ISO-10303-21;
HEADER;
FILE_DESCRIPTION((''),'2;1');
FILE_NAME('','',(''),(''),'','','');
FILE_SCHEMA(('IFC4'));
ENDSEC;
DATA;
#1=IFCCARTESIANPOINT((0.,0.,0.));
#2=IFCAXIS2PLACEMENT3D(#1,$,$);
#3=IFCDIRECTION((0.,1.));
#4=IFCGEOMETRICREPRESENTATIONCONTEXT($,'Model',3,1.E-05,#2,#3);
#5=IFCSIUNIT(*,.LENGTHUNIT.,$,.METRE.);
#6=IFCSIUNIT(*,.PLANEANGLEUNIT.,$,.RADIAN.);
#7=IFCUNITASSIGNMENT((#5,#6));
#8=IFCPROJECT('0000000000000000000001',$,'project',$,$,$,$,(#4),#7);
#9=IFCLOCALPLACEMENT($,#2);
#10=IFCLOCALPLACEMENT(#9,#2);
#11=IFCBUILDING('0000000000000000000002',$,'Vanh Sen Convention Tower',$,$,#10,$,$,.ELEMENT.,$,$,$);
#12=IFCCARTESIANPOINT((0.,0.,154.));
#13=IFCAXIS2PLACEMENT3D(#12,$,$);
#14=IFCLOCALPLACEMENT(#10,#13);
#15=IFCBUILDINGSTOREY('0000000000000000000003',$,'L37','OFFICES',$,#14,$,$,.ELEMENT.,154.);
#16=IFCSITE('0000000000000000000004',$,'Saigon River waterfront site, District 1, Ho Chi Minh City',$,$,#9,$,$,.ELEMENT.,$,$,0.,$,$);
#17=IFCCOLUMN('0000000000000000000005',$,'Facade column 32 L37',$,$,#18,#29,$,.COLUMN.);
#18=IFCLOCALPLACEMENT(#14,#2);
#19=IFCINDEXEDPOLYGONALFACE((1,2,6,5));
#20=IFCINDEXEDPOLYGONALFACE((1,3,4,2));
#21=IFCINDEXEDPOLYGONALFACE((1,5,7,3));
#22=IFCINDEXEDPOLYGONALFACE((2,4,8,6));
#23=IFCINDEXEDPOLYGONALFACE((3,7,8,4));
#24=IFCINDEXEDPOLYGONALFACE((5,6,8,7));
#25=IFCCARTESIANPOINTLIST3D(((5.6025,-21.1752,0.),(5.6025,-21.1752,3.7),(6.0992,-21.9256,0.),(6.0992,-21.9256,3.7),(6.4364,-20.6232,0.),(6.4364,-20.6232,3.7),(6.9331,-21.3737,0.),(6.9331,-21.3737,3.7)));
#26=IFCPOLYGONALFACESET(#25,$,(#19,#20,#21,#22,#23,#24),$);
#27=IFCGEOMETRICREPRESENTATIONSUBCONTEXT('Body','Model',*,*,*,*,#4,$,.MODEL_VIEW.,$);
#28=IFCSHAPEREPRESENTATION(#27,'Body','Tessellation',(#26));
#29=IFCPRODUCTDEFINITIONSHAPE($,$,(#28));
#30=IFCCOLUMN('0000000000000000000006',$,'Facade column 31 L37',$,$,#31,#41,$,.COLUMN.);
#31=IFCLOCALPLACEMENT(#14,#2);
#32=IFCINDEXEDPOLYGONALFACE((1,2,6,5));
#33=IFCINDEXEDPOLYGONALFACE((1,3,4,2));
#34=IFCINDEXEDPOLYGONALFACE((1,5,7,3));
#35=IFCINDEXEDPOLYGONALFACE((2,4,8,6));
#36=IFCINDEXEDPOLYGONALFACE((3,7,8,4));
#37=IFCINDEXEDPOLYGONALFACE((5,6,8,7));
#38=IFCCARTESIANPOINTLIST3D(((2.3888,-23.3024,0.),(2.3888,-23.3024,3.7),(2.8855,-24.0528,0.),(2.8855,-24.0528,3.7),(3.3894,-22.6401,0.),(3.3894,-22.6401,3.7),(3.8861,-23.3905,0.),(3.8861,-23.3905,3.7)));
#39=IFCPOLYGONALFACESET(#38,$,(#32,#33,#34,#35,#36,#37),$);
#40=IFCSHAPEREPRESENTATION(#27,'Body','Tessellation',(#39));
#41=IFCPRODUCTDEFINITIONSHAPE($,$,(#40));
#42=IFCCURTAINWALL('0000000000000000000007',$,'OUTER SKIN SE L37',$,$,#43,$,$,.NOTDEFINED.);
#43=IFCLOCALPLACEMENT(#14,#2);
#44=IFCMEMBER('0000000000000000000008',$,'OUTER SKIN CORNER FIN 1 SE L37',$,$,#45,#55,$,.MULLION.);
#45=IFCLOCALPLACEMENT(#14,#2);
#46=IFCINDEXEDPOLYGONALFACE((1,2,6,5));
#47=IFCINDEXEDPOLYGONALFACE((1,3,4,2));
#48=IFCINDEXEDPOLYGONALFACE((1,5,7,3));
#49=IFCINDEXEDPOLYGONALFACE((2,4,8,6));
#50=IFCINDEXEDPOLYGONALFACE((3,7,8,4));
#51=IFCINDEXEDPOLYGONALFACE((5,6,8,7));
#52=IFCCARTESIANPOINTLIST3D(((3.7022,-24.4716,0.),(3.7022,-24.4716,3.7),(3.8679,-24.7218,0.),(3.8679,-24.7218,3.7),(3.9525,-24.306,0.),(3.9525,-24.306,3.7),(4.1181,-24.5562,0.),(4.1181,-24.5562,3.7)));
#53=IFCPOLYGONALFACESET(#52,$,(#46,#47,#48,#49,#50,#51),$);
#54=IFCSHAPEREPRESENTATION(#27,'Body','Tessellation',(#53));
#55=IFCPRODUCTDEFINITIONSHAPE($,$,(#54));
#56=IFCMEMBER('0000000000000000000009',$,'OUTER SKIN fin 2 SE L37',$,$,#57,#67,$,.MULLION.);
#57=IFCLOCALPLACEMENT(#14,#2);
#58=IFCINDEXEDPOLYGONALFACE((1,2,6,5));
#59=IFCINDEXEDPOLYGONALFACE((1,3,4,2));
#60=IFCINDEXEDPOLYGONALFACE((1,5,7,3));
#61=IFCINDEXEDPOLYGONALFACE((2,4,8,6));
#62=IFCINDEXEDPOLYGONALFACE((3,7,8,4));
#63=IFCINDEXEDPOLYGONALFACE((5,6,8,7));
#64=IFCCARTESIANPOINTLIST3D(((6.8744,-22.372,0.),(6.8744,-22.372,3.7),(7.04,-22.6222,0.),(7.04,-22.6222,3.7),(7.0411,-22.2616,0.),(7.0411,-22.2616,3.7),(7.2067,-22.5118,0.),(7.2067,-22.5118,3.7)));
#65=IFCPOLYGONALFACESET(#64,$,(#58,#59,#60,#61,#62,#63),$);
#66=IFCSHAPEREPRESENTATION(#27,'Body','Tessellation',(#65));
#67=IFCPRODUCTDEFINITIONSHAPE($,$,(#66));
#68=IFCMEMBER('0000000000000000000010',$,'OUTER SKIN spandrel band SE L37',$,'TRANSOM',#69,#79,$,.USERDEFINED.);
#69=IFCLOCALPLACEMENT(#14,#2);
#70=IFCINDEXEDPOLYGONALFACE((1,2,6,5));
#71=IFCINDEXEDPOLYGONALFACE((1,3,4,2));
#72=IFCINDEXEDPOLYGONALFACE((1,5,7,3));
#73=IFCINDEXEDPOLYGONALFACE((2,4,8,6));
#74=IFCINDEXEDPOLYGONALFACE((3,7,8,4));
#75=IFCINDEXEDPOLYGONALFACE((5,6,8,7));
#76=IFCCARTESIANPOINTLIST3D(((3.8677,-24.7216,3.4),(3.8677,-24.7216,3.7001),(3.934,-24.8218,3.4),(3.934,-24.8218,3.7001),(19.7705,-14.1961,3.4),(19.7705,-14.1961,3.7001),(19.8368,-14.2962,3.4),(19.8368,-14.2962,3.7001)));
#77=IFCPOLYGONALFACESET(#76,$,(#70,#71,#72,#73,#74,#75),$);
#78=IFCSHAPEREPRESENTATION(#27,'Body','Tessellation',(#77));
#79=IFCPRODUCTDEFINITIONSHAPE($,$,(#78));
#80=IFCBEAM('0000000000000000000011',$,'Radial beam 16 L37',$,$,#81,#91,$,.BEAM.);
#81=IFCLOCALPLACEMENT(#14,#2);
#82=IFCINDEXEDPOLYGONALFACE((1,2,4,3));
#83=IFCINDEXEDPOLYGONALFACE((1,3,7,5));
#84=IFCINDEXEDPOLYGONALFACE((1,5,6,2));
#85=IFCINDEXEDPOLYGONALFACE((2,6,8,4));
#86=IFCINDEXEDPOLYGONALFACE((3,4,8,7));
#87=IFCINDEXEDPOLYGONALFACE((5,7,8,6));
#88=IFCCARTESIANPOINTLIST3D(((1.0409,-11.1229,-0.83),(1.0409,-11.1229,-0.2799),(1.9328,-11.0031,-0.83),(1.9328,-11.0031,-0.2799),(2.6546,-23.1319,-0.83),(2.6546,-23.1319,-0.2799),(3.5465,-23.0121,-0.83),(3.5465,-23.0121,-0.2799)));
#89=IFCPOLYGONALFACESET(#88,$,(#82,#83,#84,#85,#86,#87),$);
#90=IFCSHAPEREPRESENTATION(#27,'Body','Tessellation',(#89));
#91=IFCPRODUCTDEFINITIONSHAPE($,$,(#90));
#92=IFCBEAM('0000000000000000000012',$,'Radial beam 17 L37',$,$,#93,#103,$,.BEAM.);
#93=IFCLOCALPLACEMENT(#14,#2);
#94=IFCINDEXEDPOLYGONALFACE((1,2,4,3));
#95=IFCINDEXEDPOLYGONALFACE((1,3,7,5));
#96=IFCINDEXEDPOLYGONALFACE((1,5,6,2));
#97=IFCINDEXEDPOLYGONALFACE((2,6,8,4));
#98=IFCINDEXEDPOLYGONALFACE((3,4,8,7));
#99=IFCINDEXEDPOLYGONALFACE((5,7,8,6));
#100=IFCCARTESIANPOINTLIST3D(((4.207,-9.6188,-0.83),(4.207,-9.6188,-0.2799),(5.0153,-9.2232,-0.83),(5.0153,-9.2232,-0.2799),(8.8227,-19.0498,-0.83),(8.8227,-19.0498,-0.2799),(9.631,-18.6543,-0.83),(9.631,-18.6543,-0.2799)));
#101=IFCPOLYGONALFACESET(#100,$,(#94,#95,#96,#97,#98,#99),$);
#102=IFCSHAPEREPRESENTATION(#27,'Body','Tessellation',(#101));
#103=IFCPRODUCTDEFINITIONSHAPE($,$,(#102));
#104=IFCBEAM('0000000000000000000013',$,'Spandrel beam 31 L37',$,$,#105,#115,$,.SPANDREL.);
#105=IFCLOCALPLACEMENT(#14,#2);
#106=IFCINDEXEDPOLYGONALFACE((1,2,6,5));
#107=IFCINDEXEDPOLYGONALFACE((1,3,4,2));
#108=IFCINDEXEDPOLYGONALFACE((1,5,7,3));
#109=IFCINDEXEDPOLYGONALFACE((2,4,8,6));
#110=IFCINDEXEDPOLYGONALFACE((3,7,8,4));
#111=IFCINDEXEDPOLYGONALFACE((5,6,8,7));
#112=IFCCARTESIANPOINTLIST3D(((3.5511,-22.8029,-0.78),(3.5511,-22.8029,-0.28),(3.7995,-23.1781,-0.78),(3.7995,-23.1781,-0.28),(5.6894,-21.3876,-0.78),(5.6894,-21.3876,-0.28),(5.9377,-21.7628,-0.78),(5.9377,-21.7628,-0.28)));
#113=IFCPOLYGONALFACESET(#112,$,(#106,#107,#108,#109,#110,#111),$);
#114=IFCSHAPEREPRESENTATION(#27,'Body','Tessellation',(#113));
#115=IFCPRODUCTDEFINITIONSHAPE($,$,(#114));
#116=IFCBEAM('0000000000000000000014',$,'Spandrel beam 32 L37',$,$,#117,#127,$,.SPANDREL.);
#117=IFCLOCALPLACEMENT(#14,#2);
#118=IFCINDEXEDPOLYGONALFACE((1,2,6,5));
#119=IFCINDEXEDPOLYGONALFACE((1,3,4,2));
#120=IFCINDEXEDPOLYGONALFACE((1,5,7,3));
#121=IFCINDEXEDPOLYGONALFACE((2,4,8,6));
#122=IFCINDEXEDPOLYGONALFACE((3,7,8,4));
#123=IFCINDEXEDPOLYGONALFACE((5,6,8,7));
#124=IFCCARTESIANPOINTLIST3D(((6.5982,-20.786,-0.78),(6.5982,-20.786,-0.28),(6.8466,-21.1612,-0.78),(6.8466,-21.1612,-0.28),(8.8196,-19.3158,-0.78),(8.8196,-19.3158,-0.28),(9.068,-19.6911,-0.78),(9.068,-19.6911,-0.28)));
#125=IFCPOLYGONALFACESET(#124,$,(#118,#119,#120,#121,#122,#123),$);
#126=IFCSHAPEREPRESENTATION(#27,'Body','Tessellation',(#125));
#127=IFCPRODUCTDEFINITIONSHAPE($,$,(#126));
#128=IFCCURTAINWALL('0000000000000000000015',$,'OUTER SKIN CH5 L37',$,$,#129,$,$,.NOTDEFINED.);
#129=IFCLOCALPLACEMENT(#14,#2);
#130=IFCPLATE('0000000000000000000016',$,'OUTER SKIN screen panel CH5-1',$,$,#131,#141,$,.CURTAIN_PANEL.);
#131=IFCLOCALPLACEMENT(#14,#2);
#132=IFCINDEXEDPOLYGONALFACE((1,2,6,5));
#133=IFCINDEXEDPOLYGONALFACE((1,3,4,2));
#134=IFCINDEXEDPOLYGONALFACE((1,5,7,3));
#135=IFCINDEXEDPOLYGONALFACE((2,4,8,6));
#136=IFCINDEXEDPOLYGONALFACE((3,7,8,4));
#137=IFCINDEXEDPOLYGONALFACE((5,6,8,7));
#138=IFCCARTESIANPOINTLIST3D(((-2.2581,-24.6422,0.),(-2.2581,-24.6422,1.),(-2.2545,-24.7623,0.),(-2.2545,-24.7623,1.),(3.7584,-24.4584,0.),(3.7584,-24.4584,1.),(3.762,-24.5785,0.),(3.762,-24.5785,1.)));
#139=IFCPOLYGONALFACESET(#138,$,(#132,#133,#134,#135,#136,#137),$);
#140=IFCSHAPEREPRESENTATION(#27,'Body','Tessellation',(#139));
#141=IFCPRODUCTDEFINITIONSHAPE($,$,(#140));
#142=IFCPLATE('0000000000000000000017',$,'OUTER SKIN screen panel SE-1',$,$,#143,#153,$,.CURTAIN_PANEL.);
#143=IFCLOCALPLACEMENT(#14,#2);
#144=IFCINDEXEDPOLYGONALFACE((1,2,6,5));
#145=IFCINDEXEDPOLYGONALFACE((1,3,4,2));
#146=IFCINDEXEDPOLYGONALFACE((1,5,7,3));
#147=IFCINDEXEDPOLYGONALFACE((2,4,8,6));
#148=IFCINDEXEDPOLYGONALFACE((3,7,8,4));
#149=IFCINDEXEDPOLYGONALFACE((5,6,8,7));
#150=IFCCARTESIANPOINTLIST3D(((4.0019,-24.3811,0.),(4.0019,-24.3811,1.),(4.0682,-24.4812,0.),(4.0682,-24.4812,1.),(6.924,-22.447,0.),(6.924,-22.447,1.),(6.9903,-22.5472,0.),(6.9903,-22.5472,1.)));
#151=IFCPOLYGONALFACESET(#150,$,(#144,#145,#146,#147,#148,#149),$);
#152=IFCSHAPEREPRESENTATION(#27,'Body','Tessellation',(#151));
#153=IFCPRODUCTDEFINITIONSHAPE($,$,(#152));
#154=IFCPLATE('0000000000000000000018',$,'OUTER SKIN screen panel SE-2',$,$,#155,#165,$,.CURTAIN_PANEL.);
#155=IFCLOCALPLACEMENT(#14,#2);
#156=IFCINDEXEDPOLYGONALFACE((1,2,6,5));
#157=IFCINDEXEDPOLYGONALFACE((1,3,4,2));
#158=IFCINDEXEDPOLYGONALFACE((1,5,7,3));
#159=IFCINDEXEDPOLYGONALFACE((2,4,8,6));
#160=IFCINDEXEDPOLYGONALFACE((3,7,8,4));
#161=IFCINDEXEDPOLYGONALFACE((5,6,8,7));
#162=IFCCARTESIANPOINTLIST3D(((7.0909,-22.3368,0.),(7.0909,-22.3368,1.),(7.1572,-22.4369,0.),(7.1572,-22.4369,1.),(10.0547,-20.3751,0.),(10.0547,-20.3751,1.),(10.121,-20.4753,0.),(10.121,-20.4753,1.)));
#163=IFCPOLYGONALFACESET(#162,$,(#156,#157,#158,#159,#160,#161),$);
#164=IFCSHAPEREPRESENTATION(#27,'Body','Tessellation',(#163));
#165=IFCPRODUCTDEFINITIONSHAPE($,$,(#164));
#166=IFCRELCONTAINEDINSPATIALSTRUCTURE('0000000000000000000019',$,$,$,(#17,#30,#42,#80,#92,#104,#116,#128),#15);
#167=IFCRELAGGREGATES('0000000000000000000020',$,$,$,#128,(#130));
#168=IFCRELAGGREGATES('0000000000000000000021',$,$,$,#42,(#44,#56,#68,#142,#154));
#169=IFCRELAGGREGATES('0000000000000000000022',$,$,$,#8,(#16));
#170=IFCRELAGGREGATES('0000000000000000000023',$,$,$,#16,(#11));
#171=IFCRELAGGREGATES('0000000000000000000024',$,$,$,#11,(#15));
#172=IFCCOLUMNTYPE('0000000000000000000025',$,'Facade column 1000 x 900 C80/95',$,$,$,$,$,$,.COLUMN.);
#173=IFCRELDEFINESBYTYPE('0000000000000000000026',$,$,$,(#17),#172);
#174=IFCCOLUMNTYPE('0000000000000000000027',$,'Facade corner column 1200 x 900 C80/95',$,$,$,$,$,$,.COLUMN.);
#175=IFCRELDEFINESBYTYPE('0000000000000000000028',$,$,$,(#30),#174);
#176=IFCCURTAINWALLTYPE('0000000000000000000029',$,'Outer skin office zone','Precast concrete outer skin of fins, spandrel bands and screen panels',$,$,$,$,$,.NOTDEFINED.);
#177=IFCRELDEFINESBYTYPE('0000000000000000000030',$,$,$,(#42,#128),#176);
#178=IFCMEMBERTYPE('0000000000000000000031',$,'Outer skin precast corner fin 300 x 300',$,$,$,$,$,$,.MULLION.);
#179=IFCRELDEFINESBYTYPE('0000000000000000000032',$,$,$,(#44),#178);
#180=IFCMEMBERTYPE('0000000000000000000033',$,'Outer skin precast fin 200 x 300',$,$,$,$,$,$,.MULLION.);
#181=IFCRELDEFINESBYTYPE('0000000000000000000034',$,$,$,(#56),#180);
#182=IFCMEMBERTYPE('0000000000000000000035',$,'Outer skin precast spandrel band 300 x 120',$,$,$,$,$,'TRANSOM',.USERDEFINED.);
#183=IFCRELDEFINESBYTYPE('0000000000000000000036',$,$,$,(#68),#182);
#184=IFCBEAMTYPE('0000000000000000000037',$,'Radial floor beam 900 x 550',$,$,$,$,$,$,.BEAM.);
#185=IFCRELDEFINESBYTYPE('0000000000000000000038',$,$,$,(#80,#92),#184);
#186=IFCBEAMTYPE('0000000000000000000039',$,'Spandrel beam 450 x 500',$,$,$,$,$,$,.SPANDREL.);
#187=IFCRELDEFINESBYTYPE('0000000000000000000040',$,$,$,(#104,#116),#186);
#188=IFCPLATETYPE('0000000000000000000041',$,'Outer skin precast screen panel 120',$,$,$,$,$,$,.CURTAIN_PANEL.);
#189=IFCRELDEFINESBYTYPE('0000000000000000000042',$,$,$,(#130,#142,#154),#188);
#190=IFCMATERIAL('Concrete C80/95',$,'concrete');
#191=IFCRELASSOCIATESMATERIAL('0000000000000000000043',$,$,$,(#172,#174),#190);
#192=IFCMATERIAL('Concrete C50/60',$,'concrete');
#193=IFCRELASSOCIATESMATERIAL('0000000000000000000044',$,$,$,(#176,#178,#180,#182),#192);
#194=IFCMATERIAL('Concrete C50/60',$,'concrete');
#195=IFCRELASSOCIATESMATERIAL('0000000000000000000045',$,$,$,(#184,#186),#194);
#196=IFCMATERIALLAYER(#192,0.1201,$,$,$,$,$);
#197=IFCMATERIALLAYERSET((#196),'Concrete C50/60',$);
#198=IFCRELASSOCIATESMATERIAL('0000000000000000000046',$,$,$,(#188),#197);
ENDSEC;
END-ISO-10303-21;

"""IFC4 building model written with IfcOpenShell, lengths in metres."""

from ifc_helpers import new_model, si_unit, direction, frame, origin, origin_2d, place, context, subcontext, project, spatial, rectangle, extrude, material, layer, layer_set, material_profile, profile_set, type_object, element, aggregate, save


model = new_model("IFC4")

# Units and contexts
model_context = context("Model", 3, precision=1e-05, world=origin(), true_north=direction((0.0, 1.0)))
body_context = subcontext(model_context, "Body", "Model", "MODEL_VIEW")
ifc_project = project(units=[si_unit("LENGTHUNIT", "METRE"), si_unit("PLANEANGLEUNIT", "RADIAN")], contexts=[model_context])

# Site, building, storey
site_placement = place(None, origin())
site = spatial("IfcSite", under=ifc_project, at=site_placement, Name="Saigon River waterfront site, District 1, Ho Chi Minh City", CompositionType="ELEMENT", RefElevation=0.0)
building_placement = place(site_placement, origin())
building = spatial("IfcBuilding", under=site, at=building_placement, Name="Vanh Sen Convention Tower", CompositionType="ELEMENT")
storey_placement = place(building_placement, frame((0.0, 0.0, 154.0)))
storey = spatial("IfcBuildingStorey", under=building, at=storey_placement, Name="L37", Description="OFFICES", CompositionType="ELEMENT", Elevation=154.0)

# Columns
ifc_material_1 = material(Name="Concrete C80/95", Category="concrete")
ifc_material_profile_1 = material_profile(ifc_material_1, rectangle(XDim=1.0, YDim=0.8999, at=origin_2d()), Name="RC 1000X900")
ifc_profile_set_1 = profile_set([ifc_material_profile_1], Name="Concrete C80/95")
column_type_1 = type_object("IfcColumnType", Name="Facade column 1000 x 900 C80/95", PredefinedType="COLUMN", material=ifc_profile_set_1)
column_1_placement = place(storey_placement, frame((6.2678, -21.2744, 0.0), z_axis=(0.0, 0.0, 1.0), x_axis=(0.833886, 0.551937, 0.0)))
element("IfcColumn", 1, at=column_1_placement, inside=storey, type_object=column_type_1, Name="Facade column 32 L37", PredefinedType="COLUMN", context=body_context, shape_type="SweptSolid", body=[
    extrude(rectangle(XDim=1.0, YDim=0.8999, at=origin_2d()), origin(), (0.0, 0.0, 1.0), 3.7),
])
ifc_material_profile_2 = material_profile(ifc_material_1, rectangle(XDim=1.2, YDim=0.8999, at=origin_2d()), Name="RC 1200X900")
ifc_profile_set_2 = profile_set([ifc_material_profile_2], Name="Concrete C80/95")
column_type_2 = type_object("IfcColumnType", Name="Facade corner column 1200 x 900 C80/95", PredefinedType="COLUMN", material=ifc_profile_set_2)
column_2_placement = place(storey_placement, frame((3.1375, -23.3464, 0.0), z_axis=(0.0, 0.0, 1.0), x_axis=(0.833886, 0.551937, 0.0)))
element("IfcColumn", 2, at=column_2_placement, inside=storey, type_object=column_type_2, Name="Facade column 31 L37", PredefinedType="COLUMN", context=body_context, shape_type="SweptSolid", body=[
    extrude(rectangle(XDim=1.2, YDim=0.8999, at=origin_2d()), origin(), (0.0, 0.0, 1.0), 3.7),
])

# Curtain wall, members
ifc_material_2 = material(Name="Concrete C50/60", Category="concrete")
curtain_wall_type = type_object("IfcCurtainWallType", Name="Outer skin office zone", Description="Precast concrete outer skin of fins, spandrel bands and screen panels", PredefinedType="NOTDEFINED", material=ifc_material_2)
curtain_wall_1_placement = place(storey_placement, origin())
curtain_wall_1 = element("IfcCurtainWall", 3, at=curtain_wall_1_placement, inside=storey, type_object=curtain_wall_type, Name="OUTER SKIN SE L37", PredefinedType="NOTDEFINED")
ifc_material_profile_3 = material_profile(ifc_material_2, rectangle(XDim=0.3, YDim=0.3, at=origin_2d()), Name="Outer skin precast corner fin 300 x 300")
ifc_profile_set_3 = profile_set([ifc_material_profile_3], Name="Concrete C50/60")
member_type_1 = type_object("IfcMemberType", Name="Outer skin precast corner fin 300 x 300", PredefinedType="MULLION", material=ifc_profile_set_3)
member_1_placement = place(storey_placement, frame((3.9102, -24.5139, 0.0), z_axis=(0.0, 0.0, 1.0), x_axis=(0.833886, 0.551937, 0.0)))
member_1 = element("IfcMember", 4, at=member_1_placement, type_object=member_type_1, Name="OUTER SKIN CORNER FIN 1 SE L37", PredefinedType="MULLION", context=body_context, shape_type="SweptSolid", body=[
    extrude(rectangle(XDim=0.3, YDim=0.3, at=origin_2d()), origin(), (0.0, 0.0, 1.0), 3.7),
])
ifc_material_profile_4 = material_profile(ifc_material_2, rectangle(XDim=0.2, YDim=0.3, at=origin_2d()), Name="Outer skin precast fin 200 x 300")
ifc_profile_set_4 = profile_set([ifc_material_profile_4], Name="Concrete C50/60")
member_type_2 = type_object("IfcMemberType", Name="Outer skin precast fin 200 x 300", PredefinedType="MULLION", material=ifc_profile_set_4)
member_2_placement = place(storey_placement, frame((7.0405, -22.4419, 0.0), z_axis=(0.0, 0.0, 1.0), x_axis=(0.833886, 0.551937, 0.0)))
member_2 = element("IfcMember", 5, at=member_2_placement, type_object=member_type_2, Name="OUTER SKIN fin 2 SE L37", PredefinedType="MULLION", context=body_context, shape_type="SweptSolid", body=[
    extrude(rectangle(XDim=0.2, YDim=0.3, at=origin_2d()), origin(), (0.0, 0.0, 1.0), 3.7),
])
ifc_material_profile_5 = material_profile(ifc_material_2, rectangle(XDim=0.1201, YDim=0.3, at=origin_2d()), Name="Outer skin precast spandrel band 300 x 120")
ifc_profile_set_5 = profile_set([ifc_material_profile_5], Name="Concrete C50/60")
member_type_3 = type_object("IfcMemberType", Name="Outer skin precast spandrel band 300 x 120", ElementType="TRANSOM", PredefinedType="USERDEFINED", material=ifc_profile_set_5)
member_3_placement = place(storey_placement, frame((3.9009, -24.7717, 3.55), z_axis=(0.833891, 0.551929, 0.0), x_axis=(-0.551929, 0.833891, 0.0)))
member_3 = element("IfcMember", 6, at=member_3_placement, type_object=member_type_3, Name="OUTER SKIN spandrel band SE L37", ObjectType="TRANSOM", PredefinedType="USERDEFINED", context=body_context, shape_type="SweptSolid", body=[
    extrude(rectangle(XDim=0.1201, YDim=0.3, at=origin_2d()), origin(), (0.0, 0.0, 1.0), 19.0706),
])

# Beams
ifc_material_3 = material(Name="Concrete C50/60", Category="concrete")
ifc_material_profile_6 = material_profile(ifc_material_3, rectangle(XDim=0.8999, YDim=0.55, at=origin_2d()), Name="RC 900X550")
ifc_profile_set_6 = profile_set([ifc_material_profile_6], Name="Concrete C50/60")
beam_type_1 = type_object("IfcBeamType", Name="Radial floor beam 900 x 550", PredefinedType="BEAM", material=ifc_profile_set_6)
beam_1_placement = place(storey_placement, frame((3.1006, -23.072, -0.5549), z_axis=(-0.133183, 0.991092, 0.0), x_axis=(-0.991092, -0.133183, 0.0)))
element("IfcBeam", 7, at=beam_1_placement, inside=storey, type_object=beam_type_1, Name="Radial beam 16 L37", PredefinedType="BEAM", context=body_context, shape_type="SweptSolid", body=[
    extrude(rectangle(XDim=0.8999, YDim=0.55, at=origin_2d()), origin(), (0.0, 0.0, 1.0), 12.1169),
])
beam_2_placement = place(storey_placement, frame((9.2268, -18.8521, -0.5549), z_axis=(-0.43959, 0.898199, 0.0), x_axis=(-0.898199, -0.43959, 0.0)))
element("IfcBeam", 8, at=beam_2_placement, inside=storey, type_object=beam_type_1, Name="Radial beam 17 L37", PredefinedType="BEAM", context=body_context, shape_type="SweptSolid", body=[
    extrude(rectangle(XDim=0.8999, YDim=0.55, at=origin_2d()), origin(), (0.0, 0.0, 1.0), 10.5),
])
ifc_material_profile_7 = material_profile(ifc_material_3, rectangle(XDim=0.45, YDim=0.5, at=origin_2d()), Name="RC 450X500")
ifc_profile_set_7 = profile_set([ifc_material_profile_7], Name="Concrete C50/60")
beam_type_2 = type_object("IfcBeamType", Name="Spandrel beam 450 x 500", PredefinedType="SPANDREL", material=ifc_profile_set_7)
beam_3_placement = place(storey_placement, frame((3.6753, -22.9905, -0.53), z_axis=(0.833877, 0.551951, 0.0), x_axis=(-0.551951, 0.833877, 0.0)))
element("IfcBeam", 9, at=beam_3_placement, inside=storey, type_object=beam_type_2, Name="Spandrel beam 31 L37", PredefinedType="SPANDREL", context=body_context, shape_type="SweptSolid", body=[
    extrude(rectangle(XDim=0.45, YDim=0.5, at=origin_2d()), origin(), (0.0, 0.0, 1.0), 2.5642),
])
beam_4_placement = place(storey_placement, frame((6.7224, -20.9736, -0.53), z_axis=(0.833907, 0.551905, 0.0), x_axis=(-0.551905, 0.833907, 0.0)))
element("IfcBeam", 10, at=beam_4_placement, inside=storey, type_object=beam_type_2, Name="Spandrel beam 32 L37", PredefinedType="SPANDREL", context=body_context, shape_type="SweptSolid", body=[
    extrude(rectangle(XDim=0.45, YDim=0.5, at=origin_2d()), origin(), (0.0, 0.0, 1.0), 2.6638),
])

# Curtain wall, plate
curtain_wall_2_placement = place(storey_placement, origin())
curtain_wall_2 = element("IfcCurtainWall", 11, at=curtain_wall_2_placement, inside=storey, type_object=curtain_wall_type, Name="OUTER SKIN CH5 L37", PredefinedType="NOTDEFINED")
ifc_layer_1 = layer(ifc_material_2, 0.1201)
ifc_layer_set_1 = layer_set([ifc_layer_1], Name="Concrete C50/60")
plate_type = type_object("IfcPlateType", Name="Outer skin precast screen panel 120", PredefinedType="CURTAIN_PANEL", material=ifc_layer_set_1)
plate_1_placement = place(storey_placement, frame((0.752, -24.6104, 0.0), z_axis=(0.0, 0.0, 1.0), x_axis=(0.999534, 0.03054, 0.0)))
plate_1 = element("IfcPlate", 12, at=plate_1_placement, type_object=plate_type, Name="OUTER SKIN screen panel CH5-1", PredefinedType="CURTAIN_PANEL", context=body_context, shape_type="SweptSolid", body=[
    extrude(rectangle(XDim=6.0193, YDim=0.1201, at=origin_2d()), origin(), (0.0, 0.0, 1.0), 1.0),
])
aggregate(curtain_wall_2, [plate_1])

# Plates
plate_2_placement = place(storey_placement, frame((5.4961, -23.4641, 0.0), z_axis=(0.0, 0.0, 1.0), x_axis=(0.83389, 0.551931, 0.0)))
plate_2 = element("IfcPlate", 13, at=plate_2_placement, type_object=plate_type, Name="OUTER SKIN screen panel SE-1", PredefinedType="CURTAIN_PANEL", context=body_context, shape_type="SweptSolid", body=[
    extrude(rectangle(XDim=3.5042, YDim=0.1201, at=origin_2d()), origin(), (0.0, 0.0, 1.0), 1.0),
])
plate_3_placement = place(storey_placement, frame((8.606, -21.406, 0.0), z_axis=(0.0, 0.0, 1.0), x_axis=(0.83389, 0.551931, 0.0)))
plate_3 = element("IfcPlate", 14, at=plate_3_placement, type_object=plate_type, Name="OUTER SKIN screen panel SE-2", PredefinedType="CURTAIN_PANEL", context=body_context, shape_type="SweptSolid", body=[
    extrude(rectangle(XDim=3.5542, YDim=0.1201, at=origin_2d()), origin(), (0.0, 0.0, 1.0), 1.0),
])
aggregate(curtain_wall_1, [member_1, member_2, member_3, plate_2, plate_3])

save(model, "model.ifc")
